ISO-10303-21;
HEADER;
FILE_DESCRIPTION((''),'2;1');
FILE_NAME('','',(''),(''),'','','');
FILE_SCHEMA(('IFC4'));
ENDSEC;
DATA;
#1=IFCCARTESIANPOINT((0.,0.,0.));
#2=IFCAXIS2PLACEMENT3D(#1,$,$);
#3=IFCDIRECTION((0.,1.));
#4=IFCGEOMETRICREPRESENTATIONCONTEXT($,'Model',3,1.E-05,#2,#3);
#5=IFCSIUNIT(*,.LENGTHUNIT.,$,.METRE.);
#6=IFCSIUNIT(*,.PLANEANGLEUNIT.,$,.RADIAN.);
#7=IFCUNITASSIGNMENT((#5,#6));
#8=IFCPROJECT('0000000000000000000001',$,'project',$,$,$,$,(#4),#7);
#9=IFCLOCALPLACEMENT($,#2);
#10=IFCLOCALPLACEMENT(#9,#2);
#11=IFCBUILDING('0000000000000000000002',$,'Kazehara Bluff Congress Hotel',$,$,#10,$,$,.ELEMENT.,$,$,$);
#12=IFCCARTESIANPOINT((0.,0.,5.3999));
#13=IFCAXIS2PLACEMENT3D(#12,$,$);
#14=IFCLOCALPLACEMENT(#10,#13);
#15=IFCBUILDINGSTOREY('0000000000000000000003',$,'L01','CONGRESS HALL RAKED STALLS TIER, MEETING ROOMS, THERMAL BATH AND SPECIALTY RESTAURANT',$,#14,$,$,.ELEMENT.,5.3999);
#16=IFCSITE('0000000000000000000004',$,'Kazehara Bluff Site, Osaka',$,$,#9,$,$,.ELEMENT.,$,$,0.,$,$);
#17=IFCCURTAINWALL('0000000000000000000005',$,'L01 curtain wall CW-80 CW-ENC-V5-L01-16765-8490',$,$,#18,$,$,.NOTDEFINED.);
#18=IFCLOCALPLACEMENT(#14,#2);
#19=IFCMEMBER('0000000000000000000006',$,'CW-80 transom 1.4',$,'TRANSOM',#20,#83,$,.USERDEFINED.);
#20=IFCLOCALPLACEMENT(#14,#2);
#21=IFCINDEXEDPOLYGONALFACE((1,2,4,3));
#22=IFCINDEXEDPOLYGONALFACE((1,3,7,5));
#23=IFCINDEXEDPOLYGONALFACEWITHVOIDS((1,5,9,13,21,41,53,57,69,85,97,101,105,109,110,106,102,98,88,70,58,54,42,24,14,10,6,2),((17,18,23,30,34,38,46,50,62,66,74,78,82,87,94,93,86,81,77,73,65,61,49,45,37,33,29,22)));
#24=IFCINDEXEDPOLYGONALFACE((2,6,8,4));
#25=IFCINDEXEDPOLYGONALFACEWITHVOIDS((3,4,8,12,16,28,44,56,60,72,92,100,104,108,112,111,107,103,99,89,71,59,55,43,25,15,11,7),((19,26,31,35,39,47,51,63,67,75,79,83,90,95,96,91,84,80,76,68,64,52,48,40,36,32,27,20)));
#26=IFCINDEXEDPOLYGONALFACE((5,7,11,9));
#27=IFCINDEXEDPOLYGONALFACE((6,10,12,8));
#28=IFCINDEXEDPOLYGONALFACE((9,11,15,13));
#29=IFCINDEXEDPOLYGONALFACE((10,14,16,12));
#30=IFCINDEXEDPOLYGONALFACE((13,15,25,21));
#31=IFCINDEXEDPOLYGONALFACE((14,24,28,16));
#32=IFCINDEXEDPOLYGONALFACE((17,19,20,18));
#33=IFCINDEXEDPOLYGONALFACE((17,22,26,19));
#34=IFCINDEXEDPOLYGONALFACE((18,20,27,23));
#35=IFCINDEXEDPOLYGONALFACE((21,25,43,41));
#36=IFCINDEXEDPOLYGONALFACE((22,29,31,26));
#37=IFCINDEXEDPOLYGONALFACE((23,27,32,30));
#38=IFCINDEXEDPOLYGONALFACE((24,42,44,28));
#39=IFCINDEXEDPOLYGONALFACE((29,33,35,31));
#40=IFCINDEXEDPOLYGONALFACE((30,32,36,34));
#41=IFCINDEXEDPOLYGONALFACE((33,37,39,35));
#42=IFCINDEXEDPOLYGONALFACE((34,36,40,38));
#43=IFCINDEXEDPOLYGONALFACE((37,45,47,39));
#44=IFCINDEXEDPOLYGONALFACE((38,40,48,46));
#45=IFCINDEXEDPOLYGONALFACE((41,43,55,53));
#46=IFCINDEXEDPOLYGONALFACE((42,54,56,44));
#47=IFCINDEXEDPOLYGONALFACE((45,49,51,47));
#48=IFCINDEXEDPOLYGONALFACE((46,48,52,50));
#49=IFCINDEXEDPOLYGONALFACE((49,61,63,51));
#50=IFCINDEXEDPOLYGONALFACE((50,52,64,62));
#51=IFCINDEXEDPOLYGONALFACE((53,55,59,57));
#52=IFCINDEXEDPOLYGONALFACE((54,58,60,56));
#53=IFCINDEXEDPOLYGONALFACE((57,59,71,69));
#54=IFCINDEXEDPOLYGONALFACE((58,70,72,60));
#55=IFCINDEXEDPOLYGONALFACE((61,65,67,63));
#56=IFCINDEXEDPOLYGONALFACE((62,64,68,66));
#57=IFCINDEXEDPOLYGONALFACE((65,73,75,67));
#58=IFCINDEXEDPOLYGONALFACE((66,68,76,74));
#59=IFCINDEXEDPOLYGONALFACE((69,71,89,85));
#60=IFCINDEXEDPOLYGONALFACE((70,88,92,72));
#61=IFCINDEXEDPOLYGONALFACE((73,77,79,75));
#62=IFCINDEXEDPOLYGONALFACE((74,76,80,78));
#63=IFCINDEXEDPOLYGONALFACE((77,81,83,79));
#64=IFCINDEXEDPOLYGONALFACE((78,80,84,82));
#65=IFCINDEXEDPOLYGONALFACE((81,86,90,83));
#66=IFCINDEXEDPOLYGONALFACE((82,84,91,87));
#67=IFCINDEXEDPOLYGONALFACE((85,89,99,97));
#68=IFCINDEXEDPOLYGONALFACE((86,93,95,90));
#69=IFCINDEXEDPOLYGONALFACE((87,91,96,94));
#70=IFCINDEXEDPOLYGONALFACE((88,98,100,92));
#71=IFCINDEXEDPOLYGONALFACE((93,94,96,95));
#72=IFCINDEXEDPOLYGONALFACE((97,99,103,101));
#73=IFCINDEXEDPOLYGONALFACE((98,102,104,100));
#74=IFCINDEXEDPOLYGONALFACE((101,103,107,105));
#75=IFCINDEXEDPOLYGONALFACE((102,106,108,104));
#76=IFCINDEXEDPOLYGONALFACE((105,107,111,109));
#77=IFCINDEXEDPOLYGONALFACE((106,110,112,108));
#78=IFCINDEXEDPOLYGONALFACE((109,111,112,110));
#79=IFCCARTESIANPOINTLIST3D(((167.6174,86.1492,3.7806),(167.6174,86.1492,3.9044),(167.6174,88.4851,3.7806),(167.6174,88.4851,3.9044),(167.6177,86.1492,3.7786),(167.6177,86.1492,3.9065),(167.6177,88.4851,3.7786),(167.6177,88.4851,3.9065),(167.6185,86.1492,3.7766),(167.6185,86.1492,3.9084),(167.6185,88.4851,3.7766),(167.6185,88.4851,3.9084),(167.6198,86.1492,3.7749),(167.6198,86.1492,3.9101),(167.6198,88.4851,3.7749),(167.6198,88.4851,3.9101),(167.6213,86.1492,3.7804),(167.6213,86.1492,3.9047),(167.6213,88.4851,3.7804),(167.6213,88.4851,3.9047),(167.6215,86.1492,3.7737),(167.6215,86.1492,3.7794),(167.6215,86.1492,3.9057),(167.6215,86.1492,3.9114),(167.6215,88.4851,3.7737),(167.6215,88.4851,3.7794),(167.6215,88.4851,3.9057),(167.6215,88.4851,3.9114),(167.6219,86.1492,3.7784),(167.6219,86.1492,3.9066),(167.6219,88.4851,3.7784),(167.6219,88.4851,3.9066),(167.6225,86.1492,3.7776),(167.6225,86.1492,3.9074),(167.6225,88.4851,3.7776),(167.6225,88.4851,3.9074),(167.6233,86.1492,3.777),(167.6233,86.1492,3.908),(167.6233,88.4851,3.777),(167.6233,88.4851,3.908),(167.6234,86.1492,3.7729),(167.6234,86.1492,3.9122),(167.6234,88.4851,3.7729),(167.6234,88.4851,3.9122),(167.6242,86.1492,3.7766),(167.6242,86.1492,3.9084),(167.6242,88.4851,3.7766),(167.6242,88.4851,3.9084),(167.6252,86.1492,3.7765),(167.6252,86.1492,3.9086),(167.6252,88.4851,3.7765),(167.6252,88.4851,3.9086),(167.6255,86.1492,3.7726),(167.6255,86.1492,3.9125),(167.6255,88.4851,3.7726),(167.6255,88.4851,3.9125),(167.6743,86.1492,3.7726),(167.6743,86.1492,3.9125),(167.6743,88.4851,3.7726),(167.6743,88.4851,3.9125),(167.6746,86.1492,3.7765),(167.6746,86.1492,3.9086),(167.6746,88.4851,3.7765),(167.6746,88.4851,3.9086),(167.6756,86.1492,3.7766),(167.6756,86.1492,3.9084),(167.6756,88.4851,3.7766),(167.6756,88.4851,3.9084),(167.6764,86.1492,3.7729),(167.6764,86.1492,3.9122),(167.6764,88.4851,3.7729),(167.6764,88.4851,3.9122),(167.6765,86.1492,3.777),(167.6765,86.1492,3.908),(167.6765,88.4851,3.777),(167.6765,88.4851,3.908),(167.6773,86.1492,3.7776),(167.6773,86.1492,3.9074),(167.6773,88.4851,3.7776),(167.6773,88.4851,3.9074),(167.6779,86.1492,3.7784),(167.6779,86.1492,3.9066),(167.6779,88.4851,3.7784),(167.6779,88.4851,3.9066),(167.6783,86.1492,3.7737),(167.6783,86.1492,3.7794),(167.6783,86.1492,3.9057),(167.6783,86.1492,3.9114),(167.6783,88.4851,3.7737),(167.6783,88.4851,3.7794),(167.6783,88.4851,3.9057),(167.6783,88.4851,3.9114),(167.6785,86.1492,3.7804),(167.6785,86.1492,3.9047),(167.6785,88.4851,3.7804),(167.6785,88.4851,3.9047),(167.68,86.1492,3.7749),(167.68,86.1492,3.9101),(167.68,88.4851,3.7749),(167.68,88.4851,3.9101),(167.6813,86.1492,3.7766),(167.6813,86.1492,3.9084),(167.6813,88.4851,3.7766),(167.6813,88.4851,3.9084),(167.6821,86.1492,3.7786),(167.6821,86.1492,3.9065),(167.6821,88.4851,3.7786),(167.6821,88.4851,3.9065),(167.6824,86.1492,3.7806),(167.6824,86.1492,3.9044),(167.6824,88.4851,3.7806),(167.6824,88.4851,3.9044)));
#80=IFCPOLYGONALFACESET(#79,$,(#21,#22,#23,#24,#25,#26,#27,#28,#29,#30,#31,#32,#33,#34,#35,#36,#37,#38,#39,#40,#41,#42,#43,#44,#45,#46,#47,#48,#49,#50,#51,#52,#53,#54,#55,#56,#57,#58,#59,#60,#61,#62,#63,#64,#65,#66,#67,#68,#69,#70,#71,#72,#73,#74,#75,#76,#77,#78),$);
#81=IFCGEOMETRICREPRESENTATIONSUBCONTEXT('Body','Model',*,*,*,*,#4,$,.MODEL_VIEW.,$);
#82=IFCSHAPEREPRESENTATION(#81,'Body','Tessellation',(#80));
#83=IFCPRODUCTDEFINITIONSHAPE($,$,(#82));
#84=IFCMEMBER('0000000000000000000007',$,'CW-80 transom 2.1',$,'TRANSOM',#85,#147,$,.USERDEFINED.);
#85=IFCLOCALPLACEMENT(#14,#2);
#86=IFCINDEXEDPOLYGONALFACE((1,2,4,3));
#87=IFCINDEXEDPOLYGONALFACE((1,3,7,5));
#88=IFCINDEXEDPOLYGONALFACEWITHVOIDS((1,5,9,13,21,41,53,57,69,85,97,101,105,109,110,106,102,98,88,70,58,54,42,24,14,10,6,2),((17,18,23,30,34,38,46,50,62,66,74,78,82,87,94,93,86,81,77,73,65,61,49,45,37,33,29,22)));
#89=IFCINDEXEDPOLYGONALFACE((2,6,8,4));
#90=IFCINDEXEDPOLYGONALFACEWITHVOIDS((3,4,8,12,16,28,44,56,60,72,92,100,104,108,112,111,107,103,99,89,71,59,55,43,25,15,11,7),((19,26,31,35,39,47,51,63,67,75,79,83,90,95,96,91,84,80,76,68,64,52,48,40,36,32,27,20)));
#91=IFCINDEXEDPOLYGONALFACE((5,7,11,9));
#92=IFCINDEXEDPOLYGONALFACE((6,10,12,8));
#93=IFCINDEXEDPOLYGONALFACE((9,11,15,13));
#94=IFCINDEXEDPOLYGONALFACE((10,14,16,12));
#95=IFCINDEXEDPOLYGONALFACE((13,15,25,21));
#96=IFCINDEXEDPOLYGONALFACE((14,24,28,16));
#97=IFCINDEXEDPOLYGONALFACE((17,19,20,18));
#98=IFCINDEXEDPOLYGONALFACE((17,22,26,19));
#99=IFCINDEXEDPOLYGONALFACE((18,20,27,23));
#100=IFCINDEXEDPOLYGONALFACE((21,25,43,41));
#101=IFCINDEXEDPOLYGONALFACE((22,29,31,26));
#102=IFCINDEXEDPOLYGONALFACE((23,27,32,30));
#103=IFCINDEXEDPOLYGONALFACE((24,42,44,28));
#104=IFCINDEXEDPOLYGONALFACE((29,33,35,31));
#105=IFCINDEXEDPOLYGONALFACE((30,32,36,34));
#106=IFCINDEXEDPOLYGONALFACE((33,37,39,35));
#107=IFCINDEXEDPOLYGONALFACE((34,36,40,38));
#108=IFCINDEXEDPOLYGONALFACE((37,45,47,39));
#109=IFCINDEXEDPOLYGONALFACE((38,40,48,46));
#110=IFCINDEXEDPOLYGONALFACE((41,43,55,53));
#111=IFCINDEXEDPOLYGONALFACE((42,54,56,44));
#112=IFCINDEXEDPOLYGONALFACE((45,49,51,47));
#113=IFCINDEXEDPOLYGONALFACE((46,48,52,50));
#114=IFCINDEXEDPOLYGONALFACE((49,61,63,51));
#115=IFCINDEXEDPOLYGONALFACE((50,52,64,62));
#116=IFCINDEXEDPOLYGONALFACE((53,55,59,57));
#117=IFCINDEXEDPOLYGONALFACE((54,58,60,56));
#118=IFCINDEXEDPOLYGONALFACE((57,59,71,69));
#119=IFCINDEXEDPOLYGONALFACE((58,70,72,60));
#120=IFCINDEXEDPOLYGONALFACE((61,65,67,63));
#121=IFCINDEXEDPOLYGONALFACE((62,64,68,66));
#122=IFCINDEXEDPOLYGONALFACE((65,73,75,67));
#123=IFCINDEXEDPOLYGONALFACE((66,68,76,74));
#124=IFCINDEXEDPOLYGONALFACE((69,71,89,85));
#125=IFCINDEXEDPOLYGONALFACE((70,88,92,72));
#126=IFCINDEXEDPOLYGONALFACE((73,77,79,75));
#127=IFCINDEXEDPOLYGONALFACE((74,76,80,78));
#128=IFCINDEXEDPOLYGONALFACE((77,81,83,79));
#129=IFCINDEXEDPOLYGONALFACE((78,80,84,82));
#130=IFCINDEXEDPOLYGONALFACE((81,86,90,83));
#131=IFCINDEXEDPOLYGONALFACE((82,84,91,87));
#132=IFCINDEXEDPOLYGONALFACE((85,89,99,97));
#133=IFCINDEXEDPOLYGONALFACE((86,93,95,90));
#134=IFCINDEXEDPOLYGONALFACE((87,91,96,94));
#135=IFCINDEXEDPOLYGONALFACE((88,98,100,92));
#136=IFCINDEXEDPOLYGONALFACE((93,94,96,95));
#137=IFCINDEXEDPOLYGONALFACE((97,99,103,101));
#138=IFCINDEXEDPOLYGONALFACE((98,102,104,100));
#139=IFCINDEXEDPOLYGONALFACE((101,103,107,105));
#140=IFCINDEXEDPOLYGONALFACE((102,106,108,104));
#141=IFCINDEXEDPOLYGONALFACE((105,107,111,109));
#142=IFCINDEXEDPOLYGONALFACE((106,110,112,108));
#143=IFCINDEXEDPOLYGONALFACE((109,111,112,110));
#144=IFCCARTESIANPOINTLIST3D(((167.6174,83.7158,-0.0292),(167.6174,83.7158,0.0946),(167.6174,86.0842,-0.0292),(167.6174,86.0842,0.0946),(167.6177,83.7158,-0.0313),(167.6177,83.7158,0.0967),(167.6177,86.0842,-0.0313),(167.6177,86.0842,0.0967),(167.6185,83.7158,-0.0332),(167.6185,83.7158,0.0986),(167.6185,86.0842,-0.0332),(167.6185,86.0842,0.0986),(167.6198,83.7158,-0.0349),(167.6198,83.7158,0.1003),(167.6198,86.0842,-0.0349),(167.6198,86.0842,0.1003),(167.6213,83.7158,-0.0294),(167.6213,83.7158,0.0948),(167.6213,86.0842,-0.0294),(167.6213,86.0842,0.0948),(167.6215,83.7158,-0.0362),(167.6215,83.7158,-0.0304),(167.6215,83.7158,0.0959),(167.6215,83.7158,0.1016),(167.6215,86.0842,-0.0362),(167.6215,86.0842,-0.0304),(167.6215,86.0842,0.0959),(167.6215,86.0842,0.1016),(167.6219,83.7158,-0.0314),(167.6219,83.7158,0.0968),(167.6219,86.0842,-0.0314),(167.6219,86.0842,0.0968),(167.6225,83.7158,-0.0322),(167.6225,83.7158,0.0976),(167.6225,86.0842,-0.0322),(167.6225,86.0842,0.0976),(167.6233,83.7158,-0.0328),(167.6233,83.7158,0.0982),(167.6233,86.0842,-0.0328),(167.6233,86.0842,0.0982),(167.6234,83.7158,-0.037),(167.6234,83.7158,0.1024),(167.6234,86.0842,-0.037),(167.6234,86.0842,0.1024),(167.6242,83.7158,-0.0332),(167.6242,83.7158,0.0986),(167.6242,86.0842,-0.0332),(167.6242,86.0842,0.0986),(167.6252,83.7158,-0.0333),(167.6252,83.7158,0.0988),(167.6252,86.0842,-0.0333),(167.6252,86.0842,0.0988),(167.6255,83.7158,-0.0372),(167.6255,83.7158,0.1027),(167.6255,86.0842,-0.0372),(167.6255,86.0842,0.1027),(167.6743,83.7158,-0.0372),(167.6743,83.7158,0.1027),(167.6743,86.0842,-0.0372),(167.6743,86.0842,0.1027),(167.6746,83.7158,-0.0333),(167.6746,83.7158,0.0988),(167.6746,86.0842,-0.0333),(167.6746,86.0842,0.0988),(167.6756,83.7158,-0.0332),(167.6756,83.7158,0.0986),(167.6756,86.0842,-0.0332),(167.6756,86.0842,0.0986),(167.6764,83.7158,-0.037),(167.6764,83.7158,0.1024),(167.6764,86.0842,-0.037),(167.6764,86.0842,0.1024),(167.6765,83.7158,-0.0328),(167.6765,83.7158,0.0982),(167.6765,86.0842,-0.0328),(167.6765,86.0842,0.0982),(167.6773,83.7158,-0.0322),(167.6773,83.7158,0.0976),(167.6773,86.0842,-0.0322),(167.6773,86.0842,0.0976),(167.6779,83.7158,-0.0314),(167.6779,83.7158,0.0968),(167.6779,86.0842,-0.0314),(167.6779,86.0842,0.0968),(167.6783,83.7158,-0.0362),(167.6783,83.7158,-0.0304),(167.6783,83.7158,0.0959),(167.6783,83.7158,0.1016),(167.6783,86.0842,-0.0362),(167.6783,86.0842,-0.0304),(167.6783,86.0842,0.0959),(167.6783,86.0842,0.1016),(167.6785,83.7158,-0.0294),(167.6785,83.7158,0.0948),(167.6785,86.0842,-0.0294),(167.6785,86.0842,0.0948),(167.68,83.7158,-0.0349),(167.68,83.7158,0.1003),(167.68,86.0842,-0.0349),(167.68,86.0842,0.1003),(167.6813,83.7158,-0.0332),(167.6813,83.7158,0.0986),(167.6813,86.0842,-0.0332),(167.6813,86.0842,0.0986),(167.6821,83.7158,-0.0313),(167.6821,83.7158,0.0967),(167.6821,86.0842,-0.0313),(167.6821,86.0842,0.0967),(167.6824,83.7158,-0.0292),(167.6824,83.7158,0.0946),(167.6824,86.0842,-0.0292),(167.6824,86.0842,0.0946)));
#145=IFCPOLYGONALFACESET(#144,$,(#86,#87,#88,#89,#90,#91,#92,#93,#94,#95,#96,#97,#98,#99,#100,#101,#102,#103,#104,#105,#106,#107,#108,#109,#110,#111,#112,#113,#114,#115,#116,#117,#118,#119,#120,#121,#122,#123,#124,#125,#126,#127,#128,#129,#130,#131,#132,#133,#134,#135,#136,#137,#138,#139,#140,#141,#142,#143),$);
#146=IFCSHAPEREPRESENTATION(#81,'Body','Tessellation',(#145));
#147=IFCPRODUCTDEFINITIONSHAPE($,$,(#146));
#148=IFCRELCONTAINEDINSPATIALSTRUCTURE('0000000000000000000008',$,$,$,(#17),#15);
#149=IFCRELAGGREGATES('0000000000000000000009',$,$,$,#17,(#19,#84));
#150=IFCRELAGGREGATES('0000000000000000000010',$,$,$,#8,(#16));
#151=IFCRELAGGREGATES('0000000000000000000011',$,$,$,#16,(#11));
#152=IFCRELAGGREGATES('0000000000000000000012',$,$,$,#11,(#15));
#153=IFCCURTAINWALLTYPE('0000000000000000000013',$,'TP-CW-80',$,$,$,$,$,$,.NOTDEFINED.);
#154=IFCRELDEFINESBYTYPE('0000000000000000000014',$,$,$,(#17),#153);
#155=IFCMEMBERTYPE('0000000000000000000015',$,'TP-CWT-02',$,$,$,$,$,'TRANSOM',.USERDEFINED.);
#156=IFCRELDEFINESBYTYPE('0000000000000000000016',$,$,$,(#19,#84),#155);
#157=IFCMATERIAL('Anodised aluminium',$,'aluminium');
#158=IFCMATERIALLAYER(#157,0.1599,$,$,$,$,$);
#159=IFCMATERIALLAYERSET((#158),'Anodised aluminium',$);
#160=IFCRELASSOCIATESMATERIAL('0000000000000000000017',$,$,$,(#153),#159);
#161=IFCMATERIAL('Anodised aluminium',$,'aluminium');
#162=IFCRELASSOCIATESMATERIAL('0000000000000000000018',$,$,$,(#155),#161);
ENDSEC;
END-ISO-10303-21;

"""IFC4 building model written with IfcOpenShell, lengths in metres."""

from ifc_helpers import new_model, si_unit, direction, frame, origin, origin_2d, place, context, subcontext, project, spatial, hollow_rectangle, extrude, material, layer, layer_set, material_profile, profile_set, type_object, element, aggregate, save


model = new_model("IFC4")

# Units and contexts
model_context = context("Model", 3, precision=1e-05, world=origin(), true_north=direction((0.0, 1.0)))
body_context = subcontext(model_context, "Body", "Model", "MODEL_VIEW")
ifc_project = project(units=[si_unit("LENGTHUNIT", "METRE"), si_unit("PLANEANGLEUNIT", "RADIAN")], contexts=[model_context])

# Site, building, storey
site_placement = place(None, origin())
site = spatial("IfcSite", under=ifc_project, at=site_placement, Name="Kazehara Bluff Site, Osaka", CompositionType="ELEMENT", RefElevation=0.0)
building_placement = place(site_placement, origin())
building = spatial("IfcBuilding", under=site, at=building_placement, Name="Kazehara Bluff Congress Hotel", CompositionType="ELEMENT")
storey_placement = place(building_placement, frame((0.0, 0.0, 5.3999)))
storey = spatial("IfcBuildingStorey", under=building, at=storey_placement, Name="L01", Description="CONGRESS HALL RAKED STALLS TIER, MEETING ROOMS, THERMAL BATH AND SPECIALTY RESTAURANT", CompositionType="ELEMENT", Elevation=5.3999)

# Curtain wall
ifc_material_1 = material(Name="Anodised aluminium", Category="aluminium")
ifc_layer_1 = layer(ifc_material_1, 0.1599)
ifc_layer_set_1 = layer_set([ifc_layer_1], Name="Anodised aluminium")
curtain_wall_type = type_object("IfcCurtainWallType", Name="TP-CW-80", PredefinedType="NOTDEFINED", material=ifc_layer_set_1)
curtain_wall_1_placement = place(storey_placement, origin())
curtain_wall_1 = element("IfcCurtainWall", 1, at=curtain_wall_1_placement, inside=storey, type_object=curtain_wall_type, Name="L01 curtain wall CW-80 CW-ENC-V5-L01-16765-8490", PredefinedType="NOTDEFINED")

# Members
ifc_material_2 = material(Name="Anodised aluminium", Category="aluminium")
ifc_material_profile_1 = material_profile(ifc_material_2, hollow_rectangle(XDim=0.0649, YDim=0.1399, WallThickness=0.0039, InnerFilletRadius=0.0039, OuterFilletRadius=0.0081, at=origin_2d()))
ifc_profile_set_1 = profile_set([ifc_material_profile_1], Name="Anodised aluminium")
member_type_1 = type_object("IfcMemberType", Name="TP-CWT-02", ElementType="TRANSOM", PredefinedType="USERDEFINED", material=ifc_profile_set_1)
member_1_placement = place(storey_placement, frame((167.6499, 88.4851, 3.8425), z_axis=(0.0, -1.0, 0.0), x_axis=(1.0, 0.0, 0.0)))
member_1 = element("IfcMember", 2, at=member_1_placement, type_object=member_type_1, Name="CW-80 transom 1.4", ObjectType="TRANSOM", PredefinedType="USERDEFINED", context=body_context, shape_type="SweptSolid", body=[
    extrude(hollow_rectangle(XDim=0.0649, YDim=0.1399, WallThickness=0.0039, InnerFilletRadius=0.0039, OuterFilletRadius=0.0081, at=origin_2d()), origin(), (0.0, 0.0, 1.0), 2.3359),
])
member_2_placement = place(storey_placement, frame((167.6499, 86.0842, 0.0327), z_axis=(0.0, -1.0, 0.0), x_axis=(1.0, 0.0, 0.0)))
member_2 = element("IfcMember", 3, at=member_2_placement, type_object=member_type_1, Name="CW-80 transom 2.1", ObjectType="TRANSOM", PredefinedType="USERDEFINED", context=body_context, shape_type="SweptSolid", body=[
    extrude(hollow_rectangle(XDim=0.0649, YDim=0.1399, WallThickness=0.0039, InnerFilletRadius=0.0039, OuterFilletRadius=0.0081, at=origin_2d()), origin(), (0.0, 0.0, 1.0), 2.3684),
])

aggregate(curtain_wall_1, [member_1, member_2])

save(model, "model.ifc")
